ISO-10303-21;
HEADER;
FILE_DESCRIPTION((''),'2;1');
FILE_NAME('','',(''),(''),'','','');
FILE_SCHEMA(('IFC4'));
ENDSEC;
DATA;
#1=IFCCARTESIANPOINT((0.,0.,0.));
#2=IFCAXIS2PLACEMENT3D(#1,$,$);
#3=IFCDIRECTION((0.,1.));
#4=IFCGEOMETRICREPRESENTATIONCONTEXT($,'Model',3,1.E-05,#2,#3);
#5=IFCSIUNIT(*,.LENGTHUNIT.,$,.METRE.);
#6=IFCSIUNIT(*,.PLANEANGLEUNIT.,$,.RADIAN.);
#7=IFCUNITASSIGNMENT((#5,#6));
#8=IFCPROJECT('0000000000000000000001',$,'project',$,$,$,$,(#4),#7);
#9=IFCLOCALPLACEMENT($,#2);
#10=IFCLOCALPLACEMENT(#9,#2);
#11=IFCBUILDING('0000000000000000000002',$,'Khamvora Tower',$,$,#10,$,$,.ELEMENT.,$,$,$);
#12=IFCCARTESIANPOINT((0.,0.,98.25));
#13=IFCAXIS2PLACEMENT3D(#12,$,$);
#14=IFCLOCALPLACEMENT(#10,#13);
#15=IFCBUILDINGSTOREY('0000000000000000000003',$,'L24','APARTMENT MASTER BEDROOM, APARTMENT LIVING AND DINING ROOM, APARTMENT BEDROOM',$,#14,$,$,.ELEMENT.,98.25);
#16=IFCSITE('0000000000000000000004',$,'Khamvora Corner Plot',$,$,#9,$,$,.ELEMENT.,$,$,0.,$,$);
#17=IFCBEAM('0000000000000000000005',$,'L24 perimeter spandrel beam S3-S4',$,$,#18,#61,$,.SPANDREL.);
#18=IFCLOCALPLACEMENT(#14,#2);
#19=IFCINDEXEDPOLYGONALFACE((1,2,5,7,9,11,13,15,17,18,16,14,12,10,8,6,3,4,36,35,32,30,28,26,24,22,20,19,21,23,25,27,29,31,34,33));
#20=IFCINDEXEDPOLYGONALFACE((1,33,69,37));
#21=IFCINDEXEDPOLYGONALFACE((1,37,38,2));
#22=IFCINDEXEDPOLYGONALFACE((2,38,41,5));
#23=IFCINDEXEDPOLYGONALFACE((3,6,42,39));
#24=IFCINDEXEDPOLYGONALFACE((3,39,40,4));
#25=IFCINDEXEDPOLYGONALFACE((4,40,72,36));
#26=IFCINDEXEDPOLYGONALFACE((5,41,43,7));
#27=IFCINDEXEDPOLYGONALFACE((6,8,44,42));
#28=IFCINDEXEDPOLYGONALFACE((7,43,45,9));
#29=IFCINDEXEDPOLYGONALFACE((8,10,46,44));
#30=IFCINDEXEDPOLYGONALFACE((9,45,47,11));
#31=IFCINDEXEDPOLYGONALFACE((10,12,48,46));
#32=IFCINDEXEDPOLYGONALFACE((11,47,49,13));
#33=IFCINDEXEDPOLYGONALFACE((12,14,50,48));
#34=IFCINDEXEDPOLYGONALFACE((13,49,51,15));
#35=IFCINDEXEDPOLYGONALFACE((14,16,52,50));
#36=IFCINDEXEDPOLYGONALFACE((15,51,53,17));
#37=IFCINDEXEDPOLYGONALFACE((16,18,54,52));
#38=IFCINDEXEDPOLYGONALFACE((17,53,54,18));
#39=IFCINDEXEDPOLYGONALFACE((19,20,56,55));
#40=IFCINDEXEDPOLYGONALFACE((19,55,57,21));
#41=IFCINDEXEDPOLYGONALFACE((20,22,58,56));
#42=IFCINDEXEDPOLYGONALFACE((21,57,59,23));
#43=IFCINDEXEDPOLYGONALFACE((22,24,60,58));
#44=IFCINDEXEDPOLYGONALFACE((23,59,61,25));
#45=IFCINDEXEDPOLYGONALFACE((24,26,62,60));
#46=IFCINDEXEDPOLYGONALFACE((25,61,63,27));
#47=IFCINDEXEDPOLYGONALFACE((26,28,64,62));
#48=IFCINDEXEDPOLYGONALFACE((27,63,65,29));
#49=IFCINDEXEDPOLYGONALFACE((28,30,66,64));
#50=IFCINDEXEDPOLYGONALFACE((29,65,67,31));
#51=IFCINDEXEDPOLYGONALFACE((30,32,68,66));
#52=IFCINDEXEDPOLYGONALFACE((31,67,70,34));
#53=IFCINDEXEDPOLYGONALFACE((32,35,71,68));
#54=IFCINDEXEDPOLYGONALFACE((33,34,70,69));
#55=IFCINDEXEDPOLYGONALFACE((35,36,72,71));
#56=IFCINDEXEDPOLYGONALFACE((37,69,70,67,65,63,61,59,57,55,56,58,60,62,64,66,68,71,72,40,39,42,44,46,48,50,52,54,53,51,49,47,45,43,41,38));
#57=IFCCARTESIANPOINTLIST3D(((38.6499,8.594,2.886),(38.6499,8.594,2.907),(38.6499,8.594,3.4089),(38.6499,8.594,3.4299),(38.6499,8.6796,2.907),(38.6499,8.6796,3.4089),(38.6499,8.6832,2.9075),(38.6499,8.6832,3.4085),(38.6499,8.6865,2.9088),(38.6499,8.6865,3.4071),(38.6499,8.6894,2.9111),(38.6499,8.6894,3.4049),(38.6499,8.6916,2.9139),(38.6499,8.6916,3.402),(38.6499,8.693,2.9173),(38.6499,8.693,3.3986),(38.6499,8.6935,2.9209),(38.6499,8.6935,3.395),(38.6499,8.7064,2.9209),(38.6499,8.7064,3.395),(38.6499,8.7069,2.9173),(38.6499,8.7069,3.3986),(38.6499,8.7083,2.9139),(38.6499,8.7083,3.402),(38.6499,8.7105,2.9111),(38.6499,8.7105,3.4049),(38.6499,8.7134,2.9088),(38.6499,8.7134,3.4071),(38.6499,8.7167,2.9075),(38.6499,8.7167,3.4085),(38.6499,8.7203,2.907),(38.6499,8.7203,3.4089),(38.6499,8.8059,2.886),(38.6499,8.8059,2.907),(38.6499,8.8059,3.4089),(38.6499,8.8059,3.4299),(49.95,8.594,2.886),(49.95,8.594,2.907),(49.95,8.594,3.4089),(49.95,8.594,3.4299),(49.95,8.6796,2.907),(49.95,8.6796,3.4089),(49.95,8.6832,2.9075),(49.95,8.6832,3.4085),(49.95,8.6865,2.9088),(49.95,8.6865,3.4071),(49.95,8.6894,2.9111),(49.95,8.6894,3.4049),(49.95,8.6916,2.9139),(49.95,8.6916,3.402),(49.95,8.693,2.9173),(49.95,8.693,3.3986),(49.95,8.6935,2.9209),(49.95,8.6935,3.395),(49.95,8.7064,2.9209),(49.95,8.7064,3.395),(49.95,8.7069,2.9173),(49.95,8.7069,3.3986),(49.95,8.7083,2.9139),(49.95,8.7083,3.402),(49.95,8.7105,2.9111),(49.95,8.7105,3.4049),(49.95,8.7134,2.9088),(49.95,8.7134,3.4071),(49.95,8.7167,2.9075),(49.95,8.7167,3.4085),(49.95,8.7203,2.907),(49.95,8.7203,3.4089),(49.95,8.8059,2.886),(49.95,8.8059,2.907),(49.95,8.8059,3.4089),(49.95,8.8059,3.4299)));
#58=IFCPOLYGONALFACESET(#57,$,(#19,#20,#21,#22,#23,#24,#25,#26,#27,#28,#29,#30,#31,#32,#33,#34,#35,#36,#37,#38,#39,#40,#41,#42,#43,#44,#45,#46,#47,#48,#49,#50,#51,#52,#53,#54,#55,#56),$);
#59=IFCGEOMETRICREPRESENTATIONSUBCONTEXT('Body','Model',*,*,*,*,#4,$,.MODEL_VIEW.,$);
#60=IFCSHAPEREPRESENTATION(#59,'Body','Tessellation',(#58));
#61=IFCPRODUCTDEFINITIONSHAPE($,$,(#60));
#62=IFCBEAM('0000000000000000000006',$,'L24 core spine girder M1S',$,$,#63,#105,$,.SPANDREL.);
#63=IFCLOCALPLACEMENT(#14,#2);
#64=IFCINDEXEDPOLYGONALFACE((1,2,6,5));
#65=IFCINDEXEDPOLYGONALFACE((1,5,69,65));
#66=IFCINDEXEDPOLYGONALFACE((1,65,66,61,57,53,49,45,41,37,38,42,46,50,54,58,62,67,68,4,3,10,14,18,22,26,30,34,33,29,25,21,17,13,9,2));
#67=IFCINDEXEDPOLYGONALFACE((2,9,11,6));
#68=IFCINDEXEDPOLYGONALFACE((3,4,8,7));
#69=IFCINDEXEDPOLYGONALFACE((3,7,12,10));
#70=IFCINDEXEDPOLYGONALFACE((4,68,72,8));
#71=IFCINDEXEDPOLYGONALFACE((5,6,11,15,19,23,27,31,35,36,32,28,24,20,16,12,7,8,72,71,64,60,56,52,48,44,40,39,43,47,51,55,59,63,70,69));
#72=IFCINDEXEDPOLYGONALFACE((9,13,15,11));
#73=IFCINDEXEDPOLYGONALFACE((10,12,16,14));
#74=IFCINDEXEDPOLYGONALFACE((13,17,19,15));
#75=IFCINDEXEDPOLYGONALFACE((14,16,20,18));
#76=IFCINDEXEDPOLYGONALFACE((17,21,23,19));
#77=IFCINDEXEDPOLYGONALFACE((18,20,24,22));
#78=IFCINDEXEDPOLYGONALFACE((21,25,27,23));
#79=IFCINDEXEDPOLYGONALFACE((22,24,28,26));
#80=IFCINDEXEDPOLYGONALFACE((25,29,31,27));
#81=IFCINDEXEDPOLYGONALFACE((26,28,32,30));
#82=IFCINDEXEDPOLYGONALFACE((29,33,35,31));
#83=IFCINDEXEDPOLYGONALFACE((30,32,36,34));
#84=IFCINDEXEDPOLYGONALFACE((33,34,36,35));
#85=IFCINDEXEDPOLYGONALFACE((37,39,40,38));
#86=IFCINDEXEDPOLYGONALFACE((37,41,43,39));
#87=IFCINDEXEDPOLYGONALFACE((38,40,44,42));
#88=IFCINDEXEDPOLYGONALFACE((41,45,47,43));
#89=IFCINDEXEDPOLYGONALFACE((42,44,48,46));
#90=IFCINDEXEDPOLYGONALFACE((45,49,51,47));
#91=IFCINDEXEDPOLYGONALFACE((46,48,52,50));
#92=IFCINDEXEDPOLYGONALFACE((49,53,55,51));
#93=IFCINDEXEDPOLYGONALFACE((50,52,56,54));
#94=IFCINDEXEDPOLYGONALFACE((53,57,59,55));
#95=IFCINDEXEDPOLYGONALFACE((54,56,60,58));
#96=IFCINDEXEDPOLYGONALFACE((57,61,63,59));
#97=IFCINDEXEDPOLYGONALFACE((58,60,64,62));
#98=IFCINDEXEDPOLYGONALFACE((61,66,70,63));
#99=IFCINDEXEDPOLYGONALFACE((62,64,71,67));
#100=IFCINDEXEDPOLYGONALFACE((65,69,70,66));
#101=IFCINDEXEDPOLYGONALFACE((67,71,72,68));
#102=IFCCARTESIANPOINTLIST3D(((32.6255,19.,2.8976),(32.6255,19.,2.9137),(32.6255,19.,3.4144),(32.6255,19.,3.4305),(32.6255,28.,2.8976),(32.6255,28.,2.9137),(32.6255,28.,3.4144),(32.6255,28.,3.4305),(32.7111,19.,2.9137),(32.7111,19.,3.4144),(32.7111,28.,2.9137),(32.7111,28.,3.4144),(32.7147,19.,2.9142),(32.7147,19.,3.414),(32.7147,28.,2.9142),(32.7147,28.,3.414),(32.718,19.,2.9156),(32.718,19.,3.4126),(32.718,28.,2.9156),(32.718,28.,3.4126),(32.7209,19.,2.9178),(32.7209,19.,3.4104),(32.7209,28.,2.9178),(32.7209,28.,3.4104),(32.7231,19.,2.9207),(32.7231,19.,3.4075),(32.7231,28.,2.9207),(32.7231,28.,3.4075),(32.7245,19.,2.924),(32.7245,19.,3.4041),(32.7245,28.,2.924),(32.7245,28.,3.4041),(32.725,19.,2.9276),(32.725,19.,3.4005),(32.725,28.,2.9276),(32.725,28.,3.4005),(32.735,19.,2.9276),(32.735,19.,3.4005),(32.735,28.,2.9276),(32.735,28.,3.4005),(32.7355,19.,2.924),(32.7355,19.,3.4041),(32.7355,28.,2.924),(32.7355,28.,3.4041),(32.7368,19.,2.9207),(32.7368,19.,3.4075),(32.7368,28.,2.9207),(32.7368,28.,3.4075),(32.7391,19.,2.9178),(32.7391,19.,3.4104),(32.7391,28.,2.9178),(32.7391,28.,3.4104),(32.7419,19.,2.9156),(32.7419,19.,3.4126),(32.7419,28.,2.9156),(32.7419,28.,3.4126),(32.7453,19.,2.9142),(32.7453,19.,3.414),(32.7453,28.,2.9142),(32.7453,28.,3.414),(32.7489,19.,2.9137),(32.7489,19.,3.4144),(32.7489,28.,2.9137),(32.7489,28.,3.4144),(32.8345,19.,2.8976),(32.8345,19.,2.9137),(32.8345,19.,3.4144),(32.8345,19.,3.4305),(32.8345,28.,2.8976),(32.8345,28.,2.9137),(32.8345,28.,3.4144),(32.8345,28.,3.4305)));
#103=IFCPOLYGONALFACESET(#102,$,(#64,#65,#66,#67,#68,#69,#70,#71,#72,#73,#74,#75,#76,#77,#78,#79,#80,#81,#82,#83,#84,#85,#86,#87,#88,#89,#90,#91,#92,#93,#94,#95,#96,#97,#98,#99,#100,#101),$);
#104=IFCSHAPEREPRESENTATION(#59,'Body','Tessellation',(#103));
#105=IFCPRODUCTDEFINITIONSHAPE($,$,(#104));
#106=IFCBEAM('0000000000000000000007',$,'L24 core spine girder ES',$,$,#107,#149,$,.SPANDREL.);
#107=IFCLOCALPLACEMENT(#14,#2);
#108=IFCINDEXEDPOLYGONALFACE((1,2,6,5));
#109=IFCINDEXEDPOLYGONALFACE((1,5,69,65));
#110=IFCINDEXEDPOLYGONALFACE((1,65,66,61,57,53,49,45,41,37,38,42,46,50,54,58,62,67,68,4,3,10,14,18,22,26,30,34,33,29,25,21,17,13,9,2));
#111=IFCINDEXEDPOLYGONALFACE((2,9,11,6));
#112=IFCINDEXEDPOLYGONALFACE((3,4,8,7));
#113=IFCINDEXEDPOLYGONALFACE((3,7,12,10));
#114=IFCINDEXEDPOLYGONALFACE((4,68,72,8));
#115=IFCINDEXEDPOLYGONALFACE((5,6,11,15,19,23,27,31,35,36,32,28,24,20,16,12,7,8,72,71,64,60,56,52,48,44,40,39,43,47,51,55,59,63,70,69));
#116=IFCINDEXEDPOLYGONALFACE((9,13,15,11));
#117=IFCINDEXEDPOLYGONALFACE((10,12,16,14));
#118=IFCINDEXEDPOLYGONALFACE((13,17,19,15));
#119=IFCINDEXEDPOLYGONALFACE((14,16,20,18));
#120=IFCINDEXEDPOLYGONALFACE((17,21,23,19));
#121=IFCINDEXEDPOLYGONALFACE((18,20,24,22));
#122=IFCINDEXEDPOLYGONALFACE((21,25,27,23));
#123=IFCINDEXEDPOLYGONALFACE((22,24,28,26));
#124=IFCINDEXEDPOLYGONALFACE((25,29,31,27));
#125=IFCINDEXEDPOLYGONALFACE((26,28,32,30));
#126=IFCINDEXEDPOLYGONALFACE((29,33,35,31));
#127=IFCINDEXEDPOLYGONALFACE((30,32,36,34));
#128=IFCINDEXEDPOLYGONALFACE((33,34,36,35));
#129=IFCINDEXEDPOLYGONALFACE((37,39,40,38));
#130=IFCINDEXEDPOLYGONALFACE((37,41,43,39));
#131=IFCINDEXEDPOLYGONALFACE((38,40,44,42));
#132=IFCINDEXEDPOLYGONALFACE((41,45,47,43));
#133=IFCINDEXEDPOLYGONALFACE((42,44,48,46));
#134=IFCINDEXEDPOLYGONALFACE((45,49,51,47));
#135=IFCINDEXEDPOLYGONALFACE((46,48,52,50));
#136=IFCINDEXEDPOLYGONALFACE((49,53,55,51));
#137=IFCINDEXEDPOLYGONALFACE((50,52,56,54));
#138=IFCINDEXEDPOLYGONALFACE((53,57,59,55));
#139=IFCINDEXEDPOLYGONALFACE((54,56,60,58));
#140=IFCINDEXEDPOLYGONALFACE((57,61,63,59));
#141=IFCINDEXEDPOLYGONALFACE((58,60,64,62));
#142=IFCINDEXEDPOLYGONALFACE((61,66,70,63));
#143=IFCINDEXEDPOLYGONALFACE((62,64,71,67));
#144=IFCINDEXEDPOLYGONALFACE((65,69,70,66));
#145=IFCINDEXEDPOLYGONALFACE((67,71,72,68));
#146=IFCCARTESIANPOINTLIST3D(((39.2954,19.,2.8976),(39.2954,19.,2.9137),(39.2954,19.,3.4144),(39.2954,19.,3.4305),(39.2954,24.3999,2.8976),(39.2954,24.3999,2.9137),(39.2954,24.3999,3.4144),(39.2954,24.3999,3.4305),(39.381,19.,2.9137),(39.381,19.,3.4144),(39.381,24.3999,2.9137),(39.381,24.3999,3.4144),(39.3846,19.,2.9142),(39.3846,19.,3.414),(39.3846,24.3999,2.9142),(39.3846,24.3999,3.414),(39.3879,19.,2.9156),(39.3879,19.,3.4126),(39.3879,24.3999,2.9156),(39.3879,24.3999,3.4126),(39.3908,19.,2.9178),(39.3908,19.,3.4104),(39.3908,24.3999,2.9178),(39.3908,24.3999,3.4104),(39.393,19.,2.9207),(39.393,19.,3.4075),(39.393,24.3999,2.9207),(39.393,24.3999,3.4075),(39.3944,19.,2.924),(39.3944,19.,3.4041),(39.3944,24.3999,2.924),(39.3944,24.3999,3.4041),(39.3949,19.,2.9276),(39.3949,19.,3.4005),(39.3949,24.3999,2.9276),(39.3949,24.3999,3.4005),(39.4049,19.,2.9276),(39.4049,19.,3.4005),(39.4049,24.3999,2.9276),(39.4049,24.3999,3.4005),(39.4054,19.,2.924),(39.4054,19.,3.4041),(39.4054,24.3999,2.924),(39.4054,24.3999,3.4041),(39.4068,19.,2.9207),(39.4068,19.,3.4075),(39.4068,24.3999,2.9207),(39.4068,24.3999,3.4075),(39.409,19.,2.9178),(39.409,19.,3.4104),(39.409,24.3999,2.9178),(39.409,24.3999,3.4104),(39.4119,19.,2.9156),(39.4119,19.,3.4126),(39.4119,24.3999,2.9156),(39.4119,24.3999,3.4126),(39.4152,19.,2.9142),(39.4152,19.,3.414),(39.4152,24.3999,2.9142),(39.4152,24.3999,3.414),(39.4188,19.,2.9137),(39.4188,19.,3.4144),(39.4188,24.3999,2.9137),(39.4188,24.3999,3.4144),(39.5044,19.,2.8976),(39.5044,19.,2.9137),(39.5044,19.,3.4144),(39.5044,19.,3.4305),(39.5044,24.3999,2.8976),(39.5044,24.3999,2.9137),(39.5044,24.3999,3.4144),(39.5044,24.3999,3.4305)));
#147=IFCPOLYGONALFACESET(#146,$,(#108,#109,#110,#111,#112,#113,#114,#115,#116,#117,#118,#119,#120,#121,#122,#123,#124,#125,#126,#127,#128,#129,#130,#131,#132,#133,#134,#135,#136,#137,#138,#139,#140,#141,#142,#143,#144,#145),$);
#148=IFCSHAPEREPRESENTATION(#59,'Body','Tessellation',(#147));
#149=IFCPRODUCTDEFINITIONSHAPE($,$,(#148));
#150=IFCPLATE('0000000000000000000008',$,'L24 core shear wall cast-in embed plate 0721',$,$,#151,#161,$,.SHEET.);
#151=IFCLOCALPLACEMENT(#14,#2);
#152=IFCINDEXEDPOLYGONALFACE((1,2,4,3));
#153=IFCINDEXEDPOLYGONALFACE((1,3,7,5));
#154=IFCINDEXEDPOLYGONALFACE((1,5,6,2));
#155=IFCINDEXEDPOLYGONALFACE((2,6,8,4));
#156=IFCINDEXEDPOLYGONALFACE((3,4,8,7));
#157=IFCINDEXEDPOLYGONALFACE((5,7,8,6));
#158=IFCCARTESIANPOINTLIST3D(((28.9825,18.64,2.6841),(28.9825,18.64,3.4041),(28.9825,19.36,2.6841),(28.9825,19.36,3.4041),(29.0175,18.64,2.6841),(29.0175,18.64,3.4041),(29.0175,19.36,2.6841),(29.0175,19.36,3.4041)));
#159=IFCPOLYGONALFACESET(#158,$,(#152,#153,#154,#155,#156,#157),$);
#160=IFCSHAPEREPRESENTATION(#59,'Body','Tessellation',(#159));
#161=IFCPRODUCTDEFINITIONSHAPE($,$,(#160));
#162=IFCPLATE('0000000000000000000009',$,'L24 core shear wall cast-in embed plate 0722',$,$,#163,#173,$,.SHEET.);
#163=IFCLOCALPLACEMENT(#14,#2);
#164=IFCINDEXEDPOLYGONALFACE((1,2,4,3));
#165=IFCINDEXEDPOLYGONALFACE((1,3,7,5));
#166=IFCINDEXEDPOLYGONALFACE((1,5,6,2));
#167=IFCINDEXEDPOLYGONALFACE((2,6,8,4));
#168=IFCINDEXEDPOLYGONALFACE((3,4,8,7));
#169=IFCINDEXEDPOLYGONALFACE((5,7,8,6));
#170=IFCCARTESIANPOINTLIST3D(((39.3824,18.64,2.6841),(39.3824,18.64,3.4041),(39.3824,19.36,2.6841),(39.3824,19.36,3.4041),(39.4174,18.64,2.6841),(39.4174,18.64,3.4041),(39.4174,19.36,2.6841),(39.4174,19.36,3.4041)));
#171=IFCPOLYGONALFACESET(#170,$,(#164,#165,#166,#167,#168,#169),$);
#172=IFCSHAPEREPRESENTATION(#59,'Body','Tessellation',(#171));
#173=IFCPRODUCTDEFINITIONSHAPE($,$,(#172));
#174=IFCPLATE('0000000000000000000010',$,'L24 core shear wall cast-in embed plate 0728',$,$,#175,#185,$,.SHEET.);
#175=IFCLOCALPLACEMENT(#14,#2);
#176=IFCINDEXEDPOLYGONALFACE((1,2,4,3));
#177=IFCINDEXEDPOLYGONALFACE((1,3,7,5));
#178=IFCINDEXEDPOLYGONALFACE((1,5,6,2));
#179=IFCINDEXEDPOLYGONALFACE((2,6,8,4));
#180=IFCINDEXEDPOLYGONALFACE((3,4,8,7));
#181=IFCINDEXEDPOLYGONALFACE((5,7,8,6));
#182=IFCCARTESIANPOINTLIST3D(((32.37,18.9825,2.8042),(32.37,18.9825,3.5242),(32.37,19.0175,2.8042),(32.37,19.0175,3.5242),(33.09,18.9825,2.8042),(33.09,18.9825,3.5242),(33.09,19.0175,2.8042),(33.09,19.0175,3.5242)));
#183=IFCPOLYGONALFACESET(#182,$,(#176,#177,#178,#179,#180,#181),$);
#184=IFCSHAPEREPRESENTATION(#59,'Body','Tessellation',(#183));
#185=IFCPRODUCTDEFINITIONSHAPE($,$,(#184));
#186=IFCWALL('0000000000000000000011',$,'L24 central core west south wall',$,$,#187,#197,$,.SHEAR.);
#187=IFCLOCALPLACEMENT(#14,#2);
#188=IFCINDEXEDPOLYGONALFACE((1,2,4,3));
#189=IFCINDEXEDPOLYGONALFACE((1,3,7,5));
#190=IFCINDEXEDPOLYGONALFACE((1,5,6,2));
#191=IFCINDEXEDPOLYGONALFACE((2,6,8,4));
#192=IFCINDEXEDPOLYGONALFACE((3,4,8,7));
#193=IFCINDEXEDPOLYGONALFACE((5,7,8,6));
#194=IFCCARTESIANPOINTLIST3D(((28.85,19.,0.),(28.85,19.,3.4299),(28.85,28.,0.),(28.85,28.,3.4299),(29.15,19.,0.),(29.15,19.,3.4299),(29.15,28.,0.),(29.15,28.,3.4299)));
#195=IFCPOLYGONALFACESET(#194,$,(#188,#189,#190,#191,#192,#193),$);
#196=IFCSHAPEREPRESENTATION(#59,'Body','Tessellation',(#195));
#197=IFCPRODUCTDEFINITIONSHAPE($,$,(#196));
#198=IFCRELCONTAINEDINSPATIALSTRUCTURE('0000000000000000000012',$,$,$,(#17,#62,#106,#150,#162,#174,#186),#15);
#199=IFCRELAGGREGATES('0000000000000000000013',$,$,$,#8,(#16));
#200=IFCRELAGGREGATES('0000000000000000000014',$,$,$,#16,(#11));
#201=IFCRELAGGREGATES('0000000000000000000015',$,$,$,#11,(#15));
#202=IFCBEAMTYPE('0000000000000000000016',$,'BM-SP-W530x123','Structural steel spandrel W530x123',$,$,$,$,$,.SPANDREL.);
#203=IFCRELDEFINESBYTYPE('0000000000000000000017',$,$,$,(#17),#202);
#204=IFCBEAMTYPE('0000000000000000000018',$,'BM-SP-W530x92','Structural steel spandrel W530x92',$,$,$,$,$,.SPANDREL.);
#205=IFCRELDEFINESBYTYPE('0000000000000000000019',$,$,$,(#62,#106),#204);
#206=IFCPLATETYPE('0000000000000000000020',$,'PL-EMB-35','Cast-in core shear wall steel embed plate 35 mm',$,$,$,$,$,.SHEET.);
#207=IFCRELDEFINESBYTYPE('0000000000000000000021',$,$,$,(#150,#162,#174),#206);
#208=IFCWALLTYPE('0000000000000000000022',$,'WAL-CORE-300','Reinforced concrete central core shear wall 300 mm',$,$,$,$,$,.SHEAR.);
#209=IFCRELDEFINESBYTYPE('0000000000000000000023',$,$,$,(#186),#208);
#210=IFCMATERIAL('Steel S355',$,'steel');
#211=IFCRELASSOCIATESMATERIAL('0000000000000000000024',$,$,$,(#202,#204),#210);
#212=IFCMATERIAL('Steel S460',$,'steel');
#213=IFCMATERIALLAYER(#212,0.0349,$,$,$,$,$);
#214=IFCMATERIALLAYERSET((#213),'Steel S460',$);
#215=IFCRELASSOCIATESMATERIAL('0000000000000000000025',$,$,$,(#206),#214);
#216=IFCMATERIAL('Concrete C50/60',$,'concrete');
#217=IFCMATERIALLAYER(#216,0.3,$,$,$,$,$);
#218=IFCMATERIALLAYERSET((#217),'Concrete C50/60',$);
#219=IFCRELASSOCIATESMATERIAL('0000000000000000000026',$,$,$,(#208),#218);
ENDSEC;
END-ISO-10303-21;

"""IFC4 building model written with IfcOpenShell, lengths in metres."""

from ifc_helpers import new_model, si_unit, direction, frame, frame_2d, origin, origin_2d, place, context, subcontext, project, spatial, rectangle, i_section, extrude, material, layer, layer_set, material_profile, profile_set, type_object, element, save


model = new_model("IFC4")

# Units and contexts
model_context = context("Model", 3, precision=1e-05, world=origin(), true_north=direction((0.0, 1.0)))
body_context = subcontext(model_context, "Body", "Model", "MODEL_VIEW")
ifc_project = project(units=[si_unit("LENGTHUNIT", "METRE"), si_unit("PLANEANGLEUNIT", "RADIAN")], contexts=[model_context])

# Site, building, storey
site_placement = place(None, origin())
site = spatial("IfcSite", under=ifc_project, at=site_placement, Name="Khamvora Corner Plot", CompositionType="ELEMENT", RefElevation=0.0)
building_placement = place(site_placement, origin())
building = spatial("IfcBuilding", under=site, at=building_placement, Name="Khamvora Tower", CompositionType="ELEMENT")
storey_placement = place(building_placement, frame((0.0, 0.0, 98.25)))
storey = spatial("IfcBuildingStorey", under=building, at=storey_placement, Name="L24", Description="APARTMENT MASTER BEDROOM, APARTMENT LIVING AND DINING ROOM, APARTMENT BEDROOM", CompositionType="ELEMENT", Elevation=98.25)

# Shared definitions
ifc_material_1 = material(Name="Steel S355", Category="steel")
ifc_material_2 = material(Name="Steel S460", Category="steel")

# Beams
ifc_material_profile_1 = material_profile(ifc_material_1, i_section(OverallWidth=0.2119, OverallDepth=0.5439, WebThickness=0.0129, FlangeThickness=0.021, FilletRadius=0.0139, at=origin_2d()), Name="W530x123")
ifc_profile_set_1 = profile_set([ifc_material_profile_1], Name="Steel S355")
beam_type_1 = type_object("IfcBeamType", Name="BM-SP-W530x123", Description="Structural steel spandrel W530x123", PredefinedType="SPANDREL", material=ifc_profile_set_1)
beam_1_placement = place(storey_placement, frame((38.6499, 8.7, 3.158), z_axis=(1.0, 0.0, 0.0), x_axis=(0.0, 1.0, 0.0)))
element("IfcBeam", 1, at=beam_1_placement, inside=storey, type_object=beam_type_1, Name="L24 perimeter spandrel beam S3-S4", PredefinedType="SPANDREL", context=body_context, shape_type="SweptSolid", body=[
    extrude(i_section(OverallWidth=0.2119, OverallDepth=0.5439, WebThickness=0.0129, FlangeThickness=0.021, FilletRadius=0.0139, at=origin_2d()), origin(), (0.0, 0.0, 1.0), 11.3),
])
ifc_material_profile_2 = material_profile(ifc_material_1, i_section(OverallWidth=0.209, OverallDepth=0.533, WebThickness=0.01, FlangeThickness=0.0161, FilletRadius=0.0139, at=origin_2d()), Name="W530x92")
ifc_profile_set_2 = profile_set([ifc_material_profile_2], Name="Steel S355")
beam_type_2 = type_object("IfcBeamType", Name="BM-SP-W530x92", Description="Structural steel spandrel W530x92", PredefinedType="SPANDREL", material=ifc_profile_set_2)
beam_2_placement = place(storey_placement, frame((32.73, 19.0, 3.1641), z_axis=(0.0, 1.0, 0.0), x_axis=(-1.0, 0.0, 0.0)))
element("IfcBeam", 2, at=beam_2_placement, inside=storey, type_object=beam_type_2, Name="L24 core spine girder M1S", PredefinedType="SPANDREL", context=body_context, shape_type="SweptSolid", body=[
    extrude(i_section(OverallWidth=0.209, OverallDepth=0.533, WebThickness=0.01, FlangeThickness=0.0161, FilletRadius=0.0139, at=origin_2d()), origin(), (0.0, 0.0, 1.0), 9.0),
])
beam_3_placement = place(storey_placement, frame((39.3999, 19.0, 3.1641), z_axis=(0.0, 1.0, 0.0), x_axis=(-1.0, 0.0, 0.0)))
element("IfcBeam", 3, at=beam_3_placement, inside=storey, type_object=beam_type_2, Name="L24 core spine girder ES", PredefinedType="SPANDREL", context=body_context, shape_type="SweptSolid", body=[
    extrude(i_section(OverallWidth=0.209, OverallDepth=0.533, WebThickness=0.01, FlangeThickness=0.0161, FilletRadius=0.0139, at=origin_2d()), origin(), (0.0, 0.0, 1.0), 5.3999),
])

# Plates
ifc_layer_1 = layer(ifc_material_2, 0.0349)
ifc_layer_set_1 = layer_set([ifc_layer_1], Name="Steel S460")
plate_type = type_object("IfcPlateType", Name="PL-EMB-35", Description="Cast-in core shear wall steel embed plate 35 mm", PredefinedType="SHEET", material=ifc_layer_set_1)
for number, where, z_axis, x_axis, name in (
    (4, (29.0, 19.0, 2.6841), (0.0, 0.0, 1.0), (1.0, 0.0, 0.0), "L24 core shear wall cast-in embed plate 0721"),
    (5, (39.3999, 19.0, 2.6841), (0.0, 0.0, 1.0), (1.0, 0.0, 0.0), "L24 core shear wall cast-in embed plate 0722"),
):
    element("IfcPlate", number, at=place(storey_placement, frame(where, z_axis=z_axis, x_axis=x_axis)), inside=storey, type_object=plate_type, Name=name, PredefinedType="SHEET", context=body_context, shape_type="SweptSolid", body=[
        extrude(rectangle(XDim=0.0349, YDim=0.72, at=origin_2d()), origin(), (0.0, 0.0, 1.0), 0.72),
    ])
plate_placement = place(storey_placement, frame((32.73, 19.0, 2.8042), z_axis=(0.0, 0.0, 1.0), x_axis=(1.0, 0.0, 0.0)))
element("IfcPlate", 6, at=plate_placement, inside=storey, type_object=plate_type, Name="L24 core shear wall cast-in embed plate 0728", PredefinedType="SHEET", context=body_context, shape_type="SweptSolid", body=[
    extrude(rectangle(XDim=0.72, YDim=0.0349, at=origin_2d()), origin(), (0.0, 0.0, 1.0), 0.72),
])

# Wall
ifc_material_3 = material(Name="Concrete C50/60", Category="concrete")
ifc_layer_2 = layer(ifc_material_3, 0.3)
ifc_layer_set_2 = layer_set([ifc_layer_2], Name="Concrete C50/60")
wall_type_1 = type_object("IfcWallType", Name="WAL-CORE-300", Description="Reinforced concrete central core shear wall 300 mm", PredefinedType="SHEAR", material=ifc_layer_set_2)
wall_1_placement = place(storey_placement, frame((29.0, 19.0, 0.0), z_axis=(0.0, 0.0, 1.0), x_axis=(0.0, 1.0, 0.0)))
element("IfcWall", 7, at=wall_1_placement, inside=storey, type_object=wall_type_1, Name="L24 central core west south wall", PredefinedType="SHEAR", context=body_context, shape_type="SweptSolid", body=[
    extrude(rectangle(XDim=9.0, YDim=0.3, at=frame_2d((4.5, 0.0))), origin(), (0.0, 0.0, 1.0), 3.4299),
])

save(model, "model.ifc")
